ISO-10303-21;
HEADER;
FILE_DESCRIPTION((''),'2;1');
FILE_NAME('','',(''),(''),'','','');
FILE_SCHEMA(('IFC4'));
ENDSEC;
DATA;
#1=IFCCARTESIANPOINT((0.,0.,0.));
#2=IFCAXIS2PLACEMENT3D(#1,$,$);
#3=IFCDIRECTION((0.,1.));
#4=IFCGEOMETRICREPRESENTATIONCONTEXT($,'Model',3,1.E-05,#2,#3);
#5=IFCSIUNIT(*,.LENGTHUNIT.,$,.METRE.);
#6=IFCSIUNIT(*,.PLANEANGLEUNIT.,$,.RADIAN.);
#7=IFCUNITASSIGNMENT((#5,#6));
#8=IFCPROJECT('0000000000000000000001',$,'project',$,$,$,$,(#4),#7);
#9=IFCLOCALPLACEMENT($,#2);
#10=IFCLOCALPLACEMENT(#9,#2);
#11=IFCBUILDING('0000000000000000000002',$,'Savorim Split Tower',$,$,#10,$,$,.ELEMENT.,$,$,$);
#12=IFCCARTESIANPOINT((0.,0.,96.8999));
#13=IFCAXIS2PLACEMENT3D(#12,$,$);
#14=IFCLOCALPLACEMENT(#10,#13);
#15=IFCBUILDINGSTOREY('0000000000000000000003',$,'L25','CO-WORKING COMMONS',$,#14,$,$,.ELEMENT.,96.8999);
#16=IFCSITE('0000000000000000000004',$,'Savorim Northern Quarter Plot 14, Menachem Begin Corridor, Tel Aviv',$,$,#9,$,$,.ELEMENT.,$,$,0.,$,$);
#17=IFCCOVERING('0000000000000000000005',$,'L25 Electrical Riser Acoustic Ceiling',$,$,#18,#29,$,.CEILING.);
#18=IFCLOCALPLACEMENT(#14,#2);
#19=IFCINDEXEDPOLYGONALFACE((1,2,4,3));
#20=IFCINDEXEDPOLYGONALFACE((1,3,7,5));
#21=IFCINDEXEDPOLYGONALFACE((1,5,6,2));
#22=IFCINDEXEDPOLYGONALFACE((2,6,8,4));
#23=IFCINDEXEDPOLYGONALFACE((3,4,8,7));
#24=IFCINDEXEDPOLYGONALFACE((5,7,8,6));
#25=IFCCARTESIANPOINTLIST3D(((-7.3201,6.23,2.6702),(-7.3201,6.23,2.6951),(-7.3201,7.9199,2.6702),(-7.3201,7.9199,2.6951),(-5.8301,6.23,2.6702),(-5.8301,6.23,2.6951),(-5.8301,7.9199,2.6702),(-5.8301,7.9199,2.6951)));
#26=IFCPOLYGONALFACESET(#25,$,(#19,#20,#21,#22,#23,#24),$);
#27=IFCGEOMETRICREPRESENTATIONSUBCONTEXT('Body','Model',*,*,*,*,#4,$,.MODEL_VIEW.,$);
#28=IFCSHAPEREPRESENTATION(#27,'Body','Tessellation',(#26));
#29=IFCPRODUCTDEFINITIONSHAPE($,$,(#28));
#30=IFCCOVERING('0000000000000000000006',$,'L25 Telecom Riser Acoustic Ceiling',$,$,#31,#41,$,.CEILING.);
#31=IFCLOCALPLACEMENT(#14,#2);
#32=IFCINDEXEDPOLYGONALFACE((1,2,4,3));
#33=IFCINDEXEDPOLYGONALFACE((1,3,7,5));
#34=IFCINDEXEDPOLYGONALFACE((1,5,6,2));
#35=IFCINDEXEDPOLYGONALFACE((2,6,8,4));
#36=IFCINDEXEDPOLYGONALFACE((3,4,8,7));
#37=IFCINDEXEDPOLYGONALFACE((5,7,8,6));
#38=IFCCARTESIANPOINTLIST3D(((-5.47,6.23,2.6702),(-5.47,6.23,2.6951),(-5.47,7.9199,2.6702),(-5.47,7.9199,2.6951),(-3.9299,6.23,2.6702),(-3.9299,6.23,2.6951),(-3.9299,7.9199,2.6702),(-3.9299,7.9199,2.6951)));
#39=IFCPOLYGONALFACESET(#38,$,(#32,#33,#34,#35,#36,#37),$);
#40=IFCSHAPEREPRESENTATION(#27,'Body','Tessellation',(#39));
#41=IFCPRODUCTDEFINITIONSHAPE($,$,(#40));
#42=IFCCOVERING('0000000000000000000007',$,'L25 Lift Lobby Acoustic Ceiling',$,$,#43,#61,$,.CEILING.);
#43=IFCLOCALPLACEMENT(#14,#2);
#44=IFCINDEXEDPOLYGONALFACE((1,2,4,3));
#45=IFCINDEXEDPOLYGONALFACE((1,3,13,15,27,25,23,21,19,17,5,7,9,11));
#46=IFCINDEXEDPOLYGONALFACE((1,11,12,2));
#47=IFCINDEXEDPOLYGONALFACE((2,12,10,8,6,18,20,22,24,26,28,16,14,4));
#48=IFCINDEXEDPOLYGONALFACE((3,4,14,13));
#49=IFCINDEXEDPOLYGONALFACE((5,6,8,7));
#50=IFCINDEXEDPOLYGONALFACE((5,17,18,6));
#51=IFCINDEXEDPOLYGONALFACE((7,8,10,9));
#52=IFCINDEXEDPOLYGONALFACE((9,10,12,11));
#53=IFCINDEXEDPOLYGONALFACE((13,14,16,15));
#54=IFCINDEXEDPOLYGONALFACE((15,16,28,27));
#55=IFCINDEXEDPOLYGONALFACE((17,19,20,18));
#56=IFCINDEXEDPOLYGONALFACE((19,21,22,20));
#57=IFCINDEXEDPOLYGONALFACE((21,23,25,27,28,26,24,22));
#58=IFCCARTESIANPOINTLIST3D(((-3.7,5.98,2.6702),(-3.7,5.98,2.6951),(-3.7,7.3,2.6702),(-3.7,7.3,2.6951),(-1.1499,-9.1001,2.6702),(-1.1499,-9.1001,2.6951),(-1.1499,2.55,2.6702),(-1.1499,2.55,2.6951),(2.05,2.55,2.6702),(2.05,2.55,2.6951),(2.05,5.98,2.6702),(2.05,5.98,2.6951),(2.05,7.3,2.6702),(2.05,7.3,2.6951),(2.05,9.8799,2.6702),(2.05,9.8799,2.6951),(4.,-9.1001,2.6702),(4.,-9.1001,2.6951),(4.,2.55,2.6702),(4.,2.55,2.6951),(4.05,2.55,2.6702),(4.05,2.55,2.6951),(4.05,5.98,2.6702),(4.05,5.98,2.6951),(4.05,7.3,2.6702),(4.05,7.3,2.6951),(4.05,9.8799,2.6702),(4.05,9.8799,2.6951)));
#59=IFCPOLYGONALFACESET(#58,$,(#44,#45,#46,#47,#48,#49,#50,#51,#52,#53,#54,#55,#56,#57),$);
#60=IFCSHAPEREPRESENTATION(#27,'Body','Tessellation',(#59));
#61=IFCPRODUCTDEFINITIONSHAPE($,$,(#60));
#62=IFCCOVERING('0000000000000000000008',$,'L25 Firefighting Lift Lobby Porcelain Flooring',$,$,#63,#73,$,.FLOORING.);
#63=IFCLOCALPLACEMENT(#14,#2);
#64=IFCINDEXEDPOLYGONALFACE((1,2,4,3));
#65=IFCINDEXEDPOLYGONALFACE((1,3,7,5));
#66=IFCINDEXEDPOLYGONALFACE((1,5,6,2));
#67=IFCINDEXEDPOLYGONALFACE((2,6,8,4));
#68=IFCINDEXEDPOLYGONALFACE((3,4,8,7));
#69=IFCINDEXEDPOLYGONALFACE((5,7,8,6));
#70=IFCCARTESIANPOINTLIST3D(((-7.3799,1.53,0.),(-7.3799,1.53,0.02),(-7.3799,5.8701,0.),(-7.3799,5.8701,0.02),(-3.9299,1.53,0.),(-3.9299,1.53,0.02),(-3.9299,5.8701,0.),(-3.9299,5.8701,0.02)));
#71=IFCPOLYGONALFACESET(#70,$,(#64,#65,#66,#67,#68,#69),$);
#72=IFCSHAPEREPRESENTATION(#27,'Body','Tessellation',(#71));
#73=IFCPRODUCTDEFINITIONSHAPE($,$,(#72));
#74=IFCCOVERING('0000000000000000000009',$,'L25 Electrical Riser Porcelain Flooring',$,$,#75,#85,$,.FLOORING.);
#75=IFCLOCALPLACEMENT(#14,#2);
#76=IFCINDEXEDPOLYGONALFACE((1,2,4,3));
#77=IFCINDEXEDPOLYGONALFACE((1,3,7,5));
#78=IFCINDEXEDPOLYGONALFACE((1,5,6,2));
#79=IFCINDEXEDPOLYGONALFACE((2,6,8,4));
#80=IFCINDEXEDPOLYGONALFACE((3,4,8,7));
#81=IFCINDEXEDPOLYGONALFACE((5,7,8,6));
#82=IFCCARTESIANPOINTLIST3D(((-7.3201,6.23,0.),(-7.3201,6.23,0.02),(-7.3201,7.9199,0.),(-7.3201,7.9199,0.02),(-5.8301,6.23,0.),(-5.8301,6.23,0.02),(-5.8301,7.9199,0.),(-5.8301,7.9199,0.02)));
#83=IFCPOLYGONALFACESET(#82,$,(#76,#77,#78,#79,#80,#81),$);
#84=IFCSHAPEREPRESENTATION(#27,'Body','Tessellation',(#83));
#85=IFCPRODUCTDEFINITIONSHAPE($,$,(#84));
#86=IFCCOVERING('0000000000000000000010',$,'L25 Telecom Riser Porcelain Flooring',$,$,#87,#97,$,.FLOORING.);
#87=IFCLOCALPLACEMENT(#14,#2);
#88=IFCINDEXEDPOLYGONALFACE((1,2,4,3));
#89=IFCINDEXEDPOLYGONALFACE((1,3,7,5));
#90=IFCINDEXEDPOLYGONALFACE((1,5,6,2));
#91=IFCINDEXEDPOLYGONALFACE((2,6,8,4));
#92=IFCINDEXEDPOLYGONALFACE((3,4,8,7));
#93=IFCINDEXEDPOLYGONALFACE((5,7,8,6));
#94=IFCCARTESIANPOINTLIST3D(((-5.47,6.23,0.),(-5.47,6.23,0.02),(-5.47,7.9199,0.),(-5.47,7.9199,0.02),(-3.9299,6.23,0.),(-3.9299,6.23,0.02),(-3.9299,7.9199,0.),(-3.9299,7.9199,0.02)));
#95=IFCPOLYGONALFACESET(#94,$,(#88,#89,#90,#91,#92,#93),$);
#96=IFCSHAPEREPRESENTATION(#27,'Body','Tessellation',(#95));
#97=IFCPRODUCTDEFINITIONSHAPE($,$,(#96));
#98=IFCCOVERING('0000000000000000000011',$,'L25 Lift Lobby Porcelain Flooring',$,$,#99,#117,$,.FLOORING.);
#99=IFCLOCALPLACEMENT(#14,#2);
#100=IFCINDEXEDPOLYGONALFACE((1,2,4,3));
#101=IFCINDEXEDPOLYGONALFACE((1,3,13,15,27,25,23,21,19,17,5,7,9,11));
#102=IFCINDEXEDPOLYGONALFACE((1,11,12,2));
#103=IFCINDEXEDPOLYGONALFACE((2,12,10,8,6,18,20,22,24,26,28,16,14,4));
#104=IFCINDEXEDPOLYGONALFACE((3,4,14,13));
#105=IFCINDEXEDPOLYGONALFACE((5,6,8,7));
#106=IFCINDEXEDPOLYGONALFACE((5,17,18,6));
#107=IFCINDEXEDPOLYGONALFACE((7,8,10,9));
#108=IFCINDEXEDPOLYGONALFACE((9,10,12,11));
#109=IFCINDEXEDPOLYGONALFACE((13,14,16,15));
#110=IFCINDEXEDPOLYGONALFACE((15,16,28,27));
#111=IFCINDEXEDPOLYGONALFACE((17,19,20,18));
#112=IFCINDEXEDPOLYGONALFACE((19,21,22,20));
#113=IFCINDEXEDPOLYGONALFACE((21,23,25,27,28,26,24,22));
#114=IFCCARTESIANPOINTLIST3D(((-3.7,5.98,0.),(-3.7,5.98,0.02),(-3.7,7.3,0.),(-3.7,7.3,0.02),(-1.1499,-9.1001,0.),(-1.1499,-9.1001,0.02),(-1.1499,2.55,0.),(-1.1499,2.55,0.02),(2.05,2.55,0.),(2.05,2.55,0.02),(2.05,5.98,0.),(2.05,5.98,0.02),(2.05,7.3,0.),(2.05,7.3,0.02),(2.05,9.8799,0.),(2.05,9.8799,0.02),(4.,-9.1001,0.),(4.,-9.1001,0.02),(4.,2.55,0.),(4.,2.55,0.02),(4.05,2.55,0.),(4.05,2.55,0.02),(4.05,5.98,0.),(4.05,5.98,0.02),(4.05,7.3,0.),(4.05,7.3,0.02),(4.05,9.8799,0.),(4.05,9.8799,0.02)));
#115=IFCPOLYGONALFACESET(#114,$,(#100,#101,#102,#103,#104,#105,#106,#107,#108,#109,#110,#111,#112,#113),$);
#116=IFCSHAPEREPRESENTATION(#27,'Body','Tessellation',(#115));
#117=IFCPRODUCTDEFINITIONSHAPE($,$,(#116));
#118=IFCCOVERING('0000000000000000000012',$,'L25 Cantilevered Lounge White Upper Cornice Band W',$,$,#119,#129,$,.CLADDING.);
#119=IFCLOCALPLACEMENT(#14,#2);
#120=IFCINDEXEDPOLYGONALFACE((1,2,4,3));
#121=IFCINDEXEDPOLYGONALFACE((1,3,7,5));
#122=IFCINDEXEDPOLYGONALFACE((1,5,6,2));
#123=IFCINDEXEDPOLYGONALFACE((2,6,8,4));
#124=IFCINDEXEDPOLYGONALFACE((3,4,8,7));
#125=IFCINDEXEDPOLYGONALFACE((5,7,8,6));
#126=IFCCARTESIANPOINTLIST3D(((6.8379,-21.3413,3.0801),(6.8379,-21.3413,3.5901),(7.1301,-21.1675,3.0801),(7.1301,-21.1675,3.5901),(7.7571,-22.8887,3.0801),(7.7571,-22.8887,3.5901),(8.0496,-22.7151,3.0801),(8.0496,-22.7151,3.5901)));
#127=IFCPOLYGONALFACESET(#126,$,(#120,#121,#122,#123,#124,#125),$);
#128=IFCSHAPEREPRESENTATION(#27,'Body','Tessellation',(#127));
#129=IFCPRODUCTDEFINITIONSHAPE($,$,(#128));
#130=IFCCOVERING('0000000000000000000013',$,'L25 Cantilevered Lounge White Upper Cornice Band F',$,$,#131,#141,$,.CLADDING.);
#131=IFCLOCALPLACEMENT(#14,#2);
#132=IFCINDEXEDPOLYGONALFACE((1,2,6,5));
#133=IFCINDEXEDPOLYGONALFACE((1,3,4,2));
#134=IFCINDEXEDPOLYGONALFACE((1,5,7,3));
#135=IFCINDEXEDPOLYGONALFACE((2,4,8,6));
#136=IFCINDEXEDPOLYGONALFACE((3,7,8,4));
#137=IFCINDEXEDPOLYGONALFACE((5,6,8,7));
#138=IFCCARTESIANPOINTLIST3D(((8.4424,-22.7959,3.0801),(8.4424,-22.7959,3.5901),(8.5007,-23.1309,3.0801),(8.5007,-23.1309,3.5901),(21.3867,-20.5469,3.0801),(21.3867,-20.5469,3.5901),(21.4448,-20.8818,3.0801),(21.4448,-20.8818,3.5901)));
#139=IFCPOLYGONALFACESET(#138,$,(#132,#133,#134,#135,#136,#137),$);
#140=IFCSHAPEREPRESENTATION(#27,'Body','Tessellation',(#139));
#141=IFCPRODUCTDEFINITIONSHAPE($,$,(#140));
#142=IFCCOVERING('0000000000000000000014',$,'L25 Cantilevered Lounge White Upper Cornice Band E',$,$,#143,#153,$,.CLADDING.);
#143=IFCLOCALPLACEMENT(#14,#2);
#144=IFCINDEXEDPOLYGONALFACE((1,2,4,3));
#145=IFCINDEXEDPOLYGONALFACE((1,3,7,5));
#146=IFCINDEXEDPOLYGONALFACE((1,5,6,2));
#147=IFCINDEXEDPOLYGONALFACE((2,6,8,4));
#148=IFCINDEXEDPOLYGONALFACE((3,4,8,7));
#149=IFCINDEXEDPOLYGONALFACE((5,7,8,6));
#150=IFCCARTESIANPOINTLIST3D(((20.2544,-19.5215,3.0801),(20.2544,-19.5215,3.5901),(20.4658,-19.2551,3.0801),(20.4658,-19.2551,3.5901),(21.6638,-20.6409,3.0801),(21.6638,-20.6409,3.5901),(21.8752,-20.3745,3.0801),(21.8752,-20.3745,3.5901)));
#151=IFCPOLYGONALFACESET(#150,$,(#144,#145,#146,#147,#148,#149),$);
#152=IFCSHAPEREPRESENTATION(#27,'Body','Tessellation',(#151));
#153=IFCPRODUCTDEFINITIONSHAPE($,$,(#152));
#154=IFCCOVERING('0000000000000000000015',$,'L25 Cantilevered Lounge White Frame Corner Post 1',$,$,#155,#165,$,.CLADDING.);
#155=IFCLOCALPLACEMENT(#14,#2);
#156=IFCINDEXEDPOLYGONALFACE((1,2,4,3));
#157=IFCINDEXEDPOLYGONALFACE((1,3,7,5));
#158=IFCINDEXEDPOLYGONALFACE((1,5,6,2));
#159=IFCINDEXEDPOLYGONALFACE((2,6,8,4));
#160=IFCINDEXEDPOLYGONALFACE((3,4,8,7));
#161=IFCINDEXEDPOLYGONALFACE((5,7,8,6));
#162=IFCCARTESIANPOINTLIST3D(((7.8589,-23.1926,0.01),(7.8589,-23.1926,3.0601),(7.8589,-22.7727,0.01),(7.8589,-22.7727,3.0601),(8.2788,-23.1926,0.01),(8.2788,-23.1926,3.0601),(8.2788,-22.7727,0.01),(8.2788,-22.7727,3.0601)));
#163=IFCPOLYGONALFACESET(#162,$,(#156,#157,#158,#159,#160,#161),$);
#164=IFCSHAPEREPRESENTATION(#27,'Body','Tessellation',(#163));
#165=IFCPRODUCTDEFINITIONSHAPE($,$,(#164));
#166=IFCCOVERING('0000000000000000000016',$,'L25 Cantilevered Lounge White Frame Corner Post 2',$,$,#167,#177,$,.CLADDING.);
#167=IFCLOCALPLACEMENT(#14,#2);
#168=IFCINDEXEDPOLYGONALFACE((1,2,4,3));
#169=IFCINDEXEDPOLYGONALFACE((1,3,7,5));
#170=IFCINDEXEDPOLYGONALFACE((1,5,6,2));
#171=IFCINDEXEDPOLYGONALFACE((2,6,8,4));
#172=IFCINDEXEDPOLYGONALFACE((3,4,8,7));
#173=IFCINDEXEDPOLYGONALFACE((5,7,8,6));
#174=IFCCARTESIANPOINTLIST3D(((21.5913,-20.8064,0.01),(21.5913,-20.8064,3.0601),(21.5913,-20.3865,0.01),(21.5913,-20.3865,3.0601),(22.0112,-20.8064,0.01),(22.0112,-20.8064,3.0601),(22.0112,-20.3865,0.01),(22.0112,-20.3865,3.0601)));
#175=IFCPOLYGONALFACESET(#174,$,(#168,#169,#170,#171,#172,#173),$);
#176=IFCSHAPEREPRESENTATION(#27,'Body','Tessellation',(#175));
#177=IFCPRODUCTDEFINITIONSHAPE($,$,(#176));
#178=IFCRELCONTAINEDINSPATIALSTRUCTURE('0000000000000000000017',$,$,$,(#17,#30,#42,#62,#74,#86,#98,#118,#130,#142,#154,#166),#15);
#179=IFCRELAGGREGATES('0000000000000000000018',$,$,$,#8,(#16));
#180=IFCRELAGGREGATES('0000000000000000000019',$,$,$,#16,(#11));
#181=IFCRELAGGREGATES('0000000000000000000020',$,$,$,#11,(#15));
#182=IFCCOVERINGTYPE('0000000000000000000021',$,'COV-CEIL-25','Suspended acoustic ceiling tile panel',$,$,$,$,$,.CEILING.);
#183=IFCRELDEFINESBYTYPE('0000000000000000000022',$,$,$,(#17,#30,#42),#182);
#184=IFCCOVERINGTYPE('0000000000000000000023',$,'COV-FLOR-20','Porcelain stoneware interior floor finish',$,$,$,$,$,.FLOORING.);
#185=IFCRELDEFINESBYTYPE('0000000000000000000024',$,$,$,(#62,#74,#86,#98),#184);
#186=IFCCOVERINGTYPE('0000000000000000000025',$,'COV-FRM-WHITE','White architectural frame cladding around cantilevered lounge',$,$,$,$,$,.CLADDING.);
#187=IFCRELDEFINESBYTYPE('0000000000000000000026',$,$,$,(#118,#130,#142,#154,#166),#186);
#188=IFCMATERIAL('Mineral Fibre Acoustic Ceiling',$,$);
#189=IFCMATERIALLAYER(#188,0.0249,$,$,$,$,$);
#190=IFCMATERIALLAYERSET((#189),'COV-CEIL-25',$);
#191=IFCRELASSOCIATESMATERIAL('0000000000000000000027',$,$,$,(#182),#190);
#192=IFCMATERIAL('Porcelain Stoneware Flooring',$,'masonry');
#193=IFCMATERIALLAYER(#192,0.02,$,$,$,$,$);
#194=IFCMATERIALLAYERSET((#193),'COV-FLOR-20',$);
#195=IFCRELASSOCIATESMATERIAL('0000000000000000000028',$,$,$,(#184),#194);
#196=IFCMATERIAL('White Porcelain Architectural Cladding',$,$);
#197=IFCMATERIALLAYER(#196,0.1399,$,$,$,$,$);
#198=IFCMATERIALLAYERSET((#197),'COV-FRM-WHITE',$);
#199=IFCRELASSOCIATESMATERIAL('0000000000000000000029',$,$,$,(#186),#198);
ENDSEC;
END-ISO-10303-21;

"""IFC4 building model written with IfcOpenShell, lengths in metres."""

from ifc_helpers import new_model, si_unit, direction, frame, origin, place, context, subcontext, project, spatial, polyline, outline, extrude, material, layer, layer_set, type_object, element, save


model = new_model("IFC4")

# Units and contexts
model_context = context("Model", 3, precision=1e-05, world=origin(), true_north=direction((0.0, 1.0)))
body_context = subcontext(model_context, "Body", "Model", "MODEL_VIEW")
ifc_project = project(units=[si_unit("LENGTHUNIT", "METRE"), si_unit("PLANEANGLEUNIT", "RADIAN")], contexts=[model_context])

# Site, building, storey
site_placement = place(None, origin())
site = spatial("IfcSite", under=ifc_project, at=site_placement, Name="Savorim Northern Quarter Plot 14, Menachem Begin Corridor, Tel Aviv", CompositionType="ELEMENT", RefElevation=0.0)
building_placement = place(site_placement, origin())
building = spatial("IfcBuilding", under=site, at=building_placement, Name="Savorim Split Tower", CompositionType="ELEMENT")
storey_placement = place(building_placement, frame((0.0, 0.0, 96.8999)))
storey = spatial("IfcBuildingStorey", under=building, at=storey_placement, Name="L25", Description="CO-WORKING COMMONS", CompositionType="ELEMENT", Elevation=96.8999)

# Coverings
ifc_material_1 = material(Name="Mineral Fibre Acoustic Ceiling")
ifc_layer_1 = layer(ifc_material_1, 0.0249)
ifc_layer_set_1 = layer_set([ifc_layer_1], Name="COV-CEIL-25")
covering_type_1 = type_object("IfcCoveringType", Name="COV-CEIL-25", Description="Suspended acoustic ceiling tile panel", PredefinedType="CEILING", material=ifc_layer_set_1)
covering_1_placement = place(storey_placement, frame((0.0, 0.0, 2.6702)))
element("IfcCovering", 1, at=covering_1_placement, inside=storey, type_object=covering_type_1, Name="L25 Electrical Riser Acoustic Ceiling", PredefinedType="CEILING", context=body_context, shape_type="SweptSolid", body=[
    extrude(outline(polyline([(-7.3201, 7.9199), (-7.3201, 6.23), (-5.8301, 6.23), (-5.8301, 7.9199), (-7.3201, 7.9199)])), origin(), (0.0, 0.0, 1.0), 0.0249),
])
covering_2_placement = place(storey_placement, frame((0.0, 0.0, 2.6702)))
element("IfcCovering", 2, at=covering_2_placement, inside=storey, type_object=covering_type_1, Name="L25 Telecom Riser Acoustic Ceiling", PredefinedType="CEILING", context=body_context, shape_type="SweptSolid", body=[
    extrude(outline(polyline([(-5.47, 7.9199), (-5.47, 6.23), (-3.9299, 6.23), (-3.9299, 7.9199), (-5.47, 7.9199)])), origin(), (0.0, 0.0, 1.0), 0.0249),
])
covering_3_placement = place(storey_placement, frame((0.0, 0.0, 2.6702)))
element("IfcCovering", 3, at=covering_3_placement, inside=storey, type_object=covering_type_1, Name="L25 Lift Lobby Acoustic Ceiling", PredefinedType="CEILING", context=body_context, shape_type="SweptSolid", body=[
    extrude(outline(polyline([(2.05, 2.55), (-1.1499, 2.55), (-1.1499, -9.1001), (4.0, -9.1001), (4.0, 2.55), (4.05, 2.55), (4.05, 5.98), (4.05, 7.3), (4.05, 9.8799), (2.05, 9.8799), (2.05, 7.3), (-3.7, 7.3), (-3.7, 5.98), (2.05, 5.98), (2.05, 2.55)])), origin(), (0.0, 0.0, 1.0), 0.0249),
])
ifc_material_2 = material(Name="Porcelain Stoneware Flooring", Category="masonry")
ifc_layer_2 = layer(ifc_material_2, 0.02)
ifc_layer_set_2 = layer_set([ifc_layer_2], Name="COV-FLOR-20")
covering_type_2 = type_object("IfcCoveringType", Name="COV-FLOR-20", Description="Porcelain stoneware interior floor finish", PredefinedType="FLOORING", material=ifc_layer_set_2)
covering_4_placement = place(storey_placement, origin())
element("IfcCovering", 4, at=covering_4_placement, inside=storey, type_object=covering_type_2, Name="L25 Firefighting Lift Lobby Porcelain Flooring", PredefinedType="FLOORING", context=body_context, shape_type="SweptSolid", body=[
    extrude(outline(polyline([(-7.3799, 5.8701), (-7.3799, 1.53), (-3.9299, 1.53), (-3.9299, 5.8701), (-7.3799, 5.8701)])), origin(), (0.0, 0.0, 1.0), 0.02),
])
covering_5_placement = place(storey_placement, origin())
element("IfcCovering", 5, at=covering_5_placement, inside=storey, type_object=covering_type_2, Name="L25 Electrical Riser Porcelain Flooring", PredefinedType="FLOORING", context=body_context, shape_type="SweptSolid", body=[
    extrude(outline(polyline([(-7.3201, 7.9199), (-7.3201, 6.23), (-5.8301, 6.23), (-5.8301, 7.9199), (-7.3201, 7.9199)])), origin(), (0.0, 0.0, 1.0), 0.02),
])
covering_6_placement = place(storey_placement, origin())
element("IfcCovering", 6, at=covering_6_placement, inside=storey, type_object=covering_type_2, Name="L25 Telecom Riser Porcelain Flooring", PredefinedType="FLOORING", context=body_context, shape_type="SweptSolid", body=[
    extrude(outline(polyline([(-5.47, 7.9199), (-5.47, 6.23), (-3.9299, 6.23), (-3.9299, 7.9199), (-5.47, 7.9199)])), origin(), (0.0, 0.0, 1.0), 0.02),
])
covering_7_placement = place(storey_placement, origin())
element("IfcCovering", 7, at=covering_7_placement, inside=storey, type_object=covering_type_2, Name="L25 Lift Lobby Porcelain Flooring", PredefinedType="FLOORING", context=body_context, shape_type="SweptSolid", body=[
    extrude(outline(polyline([(2.05, 2.55), (-1.1499, 2.55), (-1.1499, -9.1001), (4.0, -9.1001), (4.0, 2.55), (4.05, 2.55), (4.05, 5.98), (4.05, 7.3), (4.05, 9.8799), (2.05, 9.8799), (2.05, 7.3), (-3.7, 7.3), (-3.7, 5.98), (2.05, 5.98), (2.05, 2.55)])), origin(), (0.0, 0.0, 1.0), 0.02),
])
ifc_material_3 = material(Name="White Porcelain Architectural Cladding")
ifc_layer_3 = layer(ifc_material_3, 0.1399)
ifc_layer_set_3 = layer_set([ifc_layer_3], Name="COV-FRM-WHITE")
covering_type_3 = type_object("IfcCoveringType", Name="COV-FRM-WHITE", Description="White architectural frame cladding around cantilevered lounge", PredefinedType="CLADDING", material=ifc_layer_set_3)
covering_8_placement = place(storey_placement, frame((0.0, 0.0, 3.0801)))
element("IfcCovering", 8, at=covering_8_placement, inside=storey, type_object=covering_type_3, Name="L25 Cantilevered Lounge White Upper Cornice Band W", PredefinedType="CLADDING", context=body_context, shape_type="SweptSolid", body=[
    extrude(outline(polyline([(6.8379, -21.3413), (7.7571, -22.8887), (8.0496, -22.7151), (7.1301, -21.1675), (6.8379, -21.3413)])), origin(), (0.0, 0.0, 1.0), 0.51),
])
covering_9_placement = place(storey_placement, frame((0.0, 0.0, 3.0801)))
element("IfcCovering", 9, at=covering_9_placement, inside=storey, type_object=covering_type_3, Name="L25 Cantilevered Lounge White Upper Cornice Band F", PredefinedType="CLADDING", context=body_context, shape_type="SweptSolid", body=[
    extrude(outline(polyline([(8.5007, -23.1309), (21.4448, -20.8818), (21.3867, -20.5469), (8.4424, -22.7959), (8.5007, -23.1309)])), origin(), (0.0, 0.0, 1.0), 0.51),
])
covering_10_placement = place(storey_placement, frame((0.0, 0.0, 3.0801)))
element("IfcCovering", 10, at=covering_10_placement, inside=storey, type_object=covering_type_3, Name="L25 Cantilevered Lounge White Upper Cornice Band E", PredefinedType="CLADDING", context=body_context, shape_type="SweptSolid", body=[
    extrude(outline(polyline([(21.8752, -20.3745), (20.4658, -19.2551), (20.2544, -19.5215), (21.6638, -20.6409), (21.8752, -20.3745)])), origin(), (0.0, 0.0, 1.0), 0.51),
])
covering_11_placement = place(storey_placement, frame((0.0, 0.0, 0.01)))
element("IfcCovering", 11, at=covering_11_placement, inside=storey, type_object=covering_type_3, Name="L25 Cantilevered Lounge White Frame Corner Post 1", PredefinedType="CLADDING", context=body_context, shape_type="SweptSolid", body=[
    extrude(outline(polyline([(7.8589, -23.1926), (8.2788, -23.1926), (8.2788, -22.7727), (7.8589, -22.7727), (7.8589, -23.1926)])), origin(), (0.0, 0.0, 1.0), 3.05),
])
covering_12_placement = place(storey_placement, frame((0.0, 0.0, 0.01)))
element("IfcCovering", 12, at=covering_12_placement, inside=storey, type_object=covering_type_3, Name="L25 Cantilevered Lounge White Frame Corner Post 2", PredefinedType="CLADDING", context=body_context, shape_type="SweptSolid", body=[
    extrude(outline(polyline([(21.5913, -20.8064), (22.0112, -20.8064), (22.0112, -20.3865), (21.5913, -20.3865), (21.5913, -20.8064)])), origin(), (0.0, 0.0, 1.0), 3.05),
])

save(model, "model.ifc")
